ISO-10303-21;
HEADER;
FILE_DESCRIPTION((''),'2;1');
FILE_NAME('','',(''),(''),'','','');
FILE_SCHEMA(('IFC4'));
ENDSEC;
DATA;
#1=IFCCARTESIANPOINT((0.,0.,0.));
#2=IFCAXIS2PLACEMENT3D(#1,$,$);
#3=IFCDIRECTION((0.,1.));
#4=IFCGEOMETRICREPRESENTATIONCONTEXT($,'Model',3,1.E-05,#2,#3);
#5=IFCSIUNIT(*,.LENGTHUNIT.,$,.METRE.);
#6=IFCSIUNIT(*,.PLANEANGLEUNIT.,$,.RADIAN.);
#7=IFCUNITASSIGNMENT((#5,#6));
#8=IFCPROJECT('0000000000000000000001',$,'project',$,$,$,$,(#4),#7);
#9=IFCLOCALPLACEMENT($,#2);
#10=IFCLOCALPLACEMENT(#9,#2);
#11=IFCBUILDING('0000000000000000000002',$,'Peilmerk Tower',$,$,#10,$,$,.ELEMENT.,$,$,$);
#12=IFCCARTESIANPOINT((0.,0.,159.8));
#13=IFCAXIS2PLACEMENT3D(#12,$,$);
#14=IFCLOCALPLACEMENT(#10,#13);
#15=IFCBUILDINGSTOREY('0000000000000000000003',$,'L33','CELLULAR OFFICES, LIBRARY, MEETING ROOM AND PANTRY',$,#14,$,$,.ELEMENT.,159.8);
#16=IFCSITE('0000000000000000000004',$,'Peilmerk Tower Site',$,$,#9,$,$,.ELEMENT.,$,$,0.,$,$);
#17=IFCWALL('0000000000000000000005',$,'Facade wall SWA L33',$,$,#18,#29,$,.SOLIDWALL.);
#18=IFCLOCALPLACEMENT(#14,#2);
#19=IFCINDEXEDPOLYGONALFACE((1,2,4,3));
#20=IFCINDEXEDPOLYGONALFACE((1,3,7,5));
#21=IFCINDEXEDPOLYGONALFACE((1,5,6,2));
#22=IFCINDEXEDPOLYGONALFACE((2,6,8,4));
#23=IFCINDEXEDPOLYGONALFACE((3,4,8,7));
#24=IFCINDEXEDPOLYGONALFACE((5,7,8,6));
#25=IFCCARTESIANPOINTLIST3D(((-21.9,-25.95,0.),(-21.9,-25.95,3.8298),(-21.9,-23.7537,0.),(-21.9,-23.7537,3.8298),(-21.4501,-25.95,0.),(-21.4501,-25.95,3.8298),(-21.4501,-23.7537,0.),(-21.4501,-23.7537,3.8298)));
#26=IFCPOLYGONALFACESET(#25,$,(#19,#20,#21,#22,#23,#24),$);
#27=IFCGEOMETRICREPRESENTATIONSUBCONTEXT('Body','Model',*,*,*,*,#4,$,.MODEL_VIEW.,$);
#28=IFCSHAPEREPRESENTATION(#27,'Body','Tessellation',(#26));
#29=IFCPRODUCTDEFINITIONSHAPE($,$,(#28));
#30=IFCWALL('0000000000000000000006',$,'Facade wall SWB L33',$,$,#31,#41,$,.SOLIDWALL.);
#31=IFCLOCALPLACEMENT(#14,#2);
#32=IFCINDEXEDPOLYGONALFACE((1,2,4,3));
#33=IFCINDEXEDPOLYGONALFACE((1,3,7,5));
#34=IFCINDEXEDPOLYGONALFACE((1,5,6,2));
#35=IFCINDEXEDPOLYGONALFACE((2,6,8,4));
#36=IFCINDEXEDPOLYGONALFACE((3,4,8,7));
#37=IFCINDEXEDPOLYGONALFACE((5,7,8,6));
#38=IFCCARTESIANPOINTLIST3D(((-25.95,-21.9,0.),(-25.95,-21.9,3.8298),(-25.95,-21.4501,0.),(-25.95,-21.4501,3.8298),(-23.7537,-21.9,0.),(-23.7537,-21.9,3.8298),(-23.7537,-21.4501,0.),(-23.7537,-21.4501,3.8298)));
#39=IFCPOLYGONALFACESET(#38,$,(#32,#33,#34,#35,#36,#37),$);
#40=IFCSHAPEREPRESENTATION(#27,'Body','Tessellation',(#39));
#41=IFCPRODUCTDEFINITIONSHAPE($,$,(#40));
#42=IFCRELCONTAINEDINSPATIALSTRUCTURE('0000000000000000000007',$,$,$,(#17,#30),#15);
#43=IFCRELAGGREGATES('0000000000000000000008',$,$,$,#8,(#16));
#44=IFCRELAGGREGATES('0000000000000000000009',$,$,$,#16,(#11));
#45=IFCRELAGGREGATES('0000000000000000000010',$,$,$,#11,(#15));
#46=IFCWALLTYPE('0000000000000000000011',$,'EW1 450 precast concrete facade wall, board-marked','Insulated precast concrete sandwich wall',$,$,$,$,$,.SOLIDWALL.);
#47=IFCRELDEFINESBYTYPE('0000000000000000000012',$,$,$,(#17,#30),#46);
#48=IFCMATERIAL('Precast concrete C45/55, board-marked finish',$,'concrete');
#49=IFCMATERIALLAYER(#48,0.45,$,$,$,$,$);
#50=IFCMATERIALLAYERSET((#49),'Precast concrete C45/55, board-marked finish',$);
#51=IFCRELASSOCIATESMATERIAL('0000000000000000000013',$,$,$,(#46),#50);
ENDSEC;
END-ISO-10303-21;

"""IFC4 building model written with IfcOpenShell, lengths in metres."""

from ifc_helpers import new_model, si_unit, direction, frame, frame_2d, origin, place, context, subcontext, project, spatial, rectangle, extrude, material, layer, layer_set, type_object, element, save


model = new_model("IFC4")

# Units and contexts
model_context = context("Model", 3, precision=1e-05, world=origin(), true_north=direction((0.0, 1.0)))
body_context = subcontext(model_context, "Body", "Model", "MODEL_VIEW")
ifc_project = project(units=[si_unit("LENGTHUNIT", "METRE"), si_unit("PLANEANGLEUNIT", "RADIAN")], contexts=[model_context])

# Site, building, storey
site_placement = place(None, origin())
site = spatial("IfcSite", under=ifc_project, at=site_placement, Name="Peilmerk Tower Site", CompositionType="ELEMENT", RefElevation=0.0)
building_placement = place(site_placement, origin())
building = spatial("IfcBuilding", under=site, at=building_placement, Name="Peilmerk Tower", CompositionType="ELEMENT")
storey_placement = place(building_placement, frame((0.0, 0.0, 159.8)))
storey = spatial("IfcBuildingStorey", under=building, at=storey_placement, Name="L33", Description="CELLULAR OFFICES, LIBRARY, MEETING ROOM AND PANTRY", CompositionType="ELEMENT", Elevation=159.8)

# Shared definitions
ifc_material_1 = material(Name="Precast concrete C45/55, board-marked finish", Category="concrete")
ifc_layer_1 = layer(ifc_material_1, 0.45)
ifc_layer_set_1 = layer_set([ifc_layer_1], Name="Precast concrete C45/55, board-marked finish")
wall_type = type_object("IfcWallType", Name="EW1 450 precast concrete facade wall, board-marked", Description="Insulated precast concrete sandwich wall", PredefinedType="SOLIDWALL", material=ifc_layer_set_1)

# Walls
for number, where, z_axis, x_axis, name in (
    (1, (-21.675, -23.7537, 0.0), (0.0, 0.0, 1.0), (0.0, -1.0, 0.0), "Facade wall SWA L33"),
    (2, (-23.7537, -21.675, 0.0), (0.0, 0.0, 1.0), (-1.0, 0.0, 0.0), "Facade wall SWB L33"),
):
    element("IfcWall", number, at=place(storey_placement, frame(where, z_axis=z_axis, x_axis=x_axis)), inside=storey, type_object=wall_type, Name=name, PredefinedType="SOLIDWALL", context=body_context, shape_type="SweptSolid", body=[
        extrude(rectangle(XDim=2.1963, YDim=0.45, at=frame_2d((1.0981, 0.0))), origin(), (0.0, 0.0, 1.0), 3.8298),
    ])

save(model, "model.ifc")
